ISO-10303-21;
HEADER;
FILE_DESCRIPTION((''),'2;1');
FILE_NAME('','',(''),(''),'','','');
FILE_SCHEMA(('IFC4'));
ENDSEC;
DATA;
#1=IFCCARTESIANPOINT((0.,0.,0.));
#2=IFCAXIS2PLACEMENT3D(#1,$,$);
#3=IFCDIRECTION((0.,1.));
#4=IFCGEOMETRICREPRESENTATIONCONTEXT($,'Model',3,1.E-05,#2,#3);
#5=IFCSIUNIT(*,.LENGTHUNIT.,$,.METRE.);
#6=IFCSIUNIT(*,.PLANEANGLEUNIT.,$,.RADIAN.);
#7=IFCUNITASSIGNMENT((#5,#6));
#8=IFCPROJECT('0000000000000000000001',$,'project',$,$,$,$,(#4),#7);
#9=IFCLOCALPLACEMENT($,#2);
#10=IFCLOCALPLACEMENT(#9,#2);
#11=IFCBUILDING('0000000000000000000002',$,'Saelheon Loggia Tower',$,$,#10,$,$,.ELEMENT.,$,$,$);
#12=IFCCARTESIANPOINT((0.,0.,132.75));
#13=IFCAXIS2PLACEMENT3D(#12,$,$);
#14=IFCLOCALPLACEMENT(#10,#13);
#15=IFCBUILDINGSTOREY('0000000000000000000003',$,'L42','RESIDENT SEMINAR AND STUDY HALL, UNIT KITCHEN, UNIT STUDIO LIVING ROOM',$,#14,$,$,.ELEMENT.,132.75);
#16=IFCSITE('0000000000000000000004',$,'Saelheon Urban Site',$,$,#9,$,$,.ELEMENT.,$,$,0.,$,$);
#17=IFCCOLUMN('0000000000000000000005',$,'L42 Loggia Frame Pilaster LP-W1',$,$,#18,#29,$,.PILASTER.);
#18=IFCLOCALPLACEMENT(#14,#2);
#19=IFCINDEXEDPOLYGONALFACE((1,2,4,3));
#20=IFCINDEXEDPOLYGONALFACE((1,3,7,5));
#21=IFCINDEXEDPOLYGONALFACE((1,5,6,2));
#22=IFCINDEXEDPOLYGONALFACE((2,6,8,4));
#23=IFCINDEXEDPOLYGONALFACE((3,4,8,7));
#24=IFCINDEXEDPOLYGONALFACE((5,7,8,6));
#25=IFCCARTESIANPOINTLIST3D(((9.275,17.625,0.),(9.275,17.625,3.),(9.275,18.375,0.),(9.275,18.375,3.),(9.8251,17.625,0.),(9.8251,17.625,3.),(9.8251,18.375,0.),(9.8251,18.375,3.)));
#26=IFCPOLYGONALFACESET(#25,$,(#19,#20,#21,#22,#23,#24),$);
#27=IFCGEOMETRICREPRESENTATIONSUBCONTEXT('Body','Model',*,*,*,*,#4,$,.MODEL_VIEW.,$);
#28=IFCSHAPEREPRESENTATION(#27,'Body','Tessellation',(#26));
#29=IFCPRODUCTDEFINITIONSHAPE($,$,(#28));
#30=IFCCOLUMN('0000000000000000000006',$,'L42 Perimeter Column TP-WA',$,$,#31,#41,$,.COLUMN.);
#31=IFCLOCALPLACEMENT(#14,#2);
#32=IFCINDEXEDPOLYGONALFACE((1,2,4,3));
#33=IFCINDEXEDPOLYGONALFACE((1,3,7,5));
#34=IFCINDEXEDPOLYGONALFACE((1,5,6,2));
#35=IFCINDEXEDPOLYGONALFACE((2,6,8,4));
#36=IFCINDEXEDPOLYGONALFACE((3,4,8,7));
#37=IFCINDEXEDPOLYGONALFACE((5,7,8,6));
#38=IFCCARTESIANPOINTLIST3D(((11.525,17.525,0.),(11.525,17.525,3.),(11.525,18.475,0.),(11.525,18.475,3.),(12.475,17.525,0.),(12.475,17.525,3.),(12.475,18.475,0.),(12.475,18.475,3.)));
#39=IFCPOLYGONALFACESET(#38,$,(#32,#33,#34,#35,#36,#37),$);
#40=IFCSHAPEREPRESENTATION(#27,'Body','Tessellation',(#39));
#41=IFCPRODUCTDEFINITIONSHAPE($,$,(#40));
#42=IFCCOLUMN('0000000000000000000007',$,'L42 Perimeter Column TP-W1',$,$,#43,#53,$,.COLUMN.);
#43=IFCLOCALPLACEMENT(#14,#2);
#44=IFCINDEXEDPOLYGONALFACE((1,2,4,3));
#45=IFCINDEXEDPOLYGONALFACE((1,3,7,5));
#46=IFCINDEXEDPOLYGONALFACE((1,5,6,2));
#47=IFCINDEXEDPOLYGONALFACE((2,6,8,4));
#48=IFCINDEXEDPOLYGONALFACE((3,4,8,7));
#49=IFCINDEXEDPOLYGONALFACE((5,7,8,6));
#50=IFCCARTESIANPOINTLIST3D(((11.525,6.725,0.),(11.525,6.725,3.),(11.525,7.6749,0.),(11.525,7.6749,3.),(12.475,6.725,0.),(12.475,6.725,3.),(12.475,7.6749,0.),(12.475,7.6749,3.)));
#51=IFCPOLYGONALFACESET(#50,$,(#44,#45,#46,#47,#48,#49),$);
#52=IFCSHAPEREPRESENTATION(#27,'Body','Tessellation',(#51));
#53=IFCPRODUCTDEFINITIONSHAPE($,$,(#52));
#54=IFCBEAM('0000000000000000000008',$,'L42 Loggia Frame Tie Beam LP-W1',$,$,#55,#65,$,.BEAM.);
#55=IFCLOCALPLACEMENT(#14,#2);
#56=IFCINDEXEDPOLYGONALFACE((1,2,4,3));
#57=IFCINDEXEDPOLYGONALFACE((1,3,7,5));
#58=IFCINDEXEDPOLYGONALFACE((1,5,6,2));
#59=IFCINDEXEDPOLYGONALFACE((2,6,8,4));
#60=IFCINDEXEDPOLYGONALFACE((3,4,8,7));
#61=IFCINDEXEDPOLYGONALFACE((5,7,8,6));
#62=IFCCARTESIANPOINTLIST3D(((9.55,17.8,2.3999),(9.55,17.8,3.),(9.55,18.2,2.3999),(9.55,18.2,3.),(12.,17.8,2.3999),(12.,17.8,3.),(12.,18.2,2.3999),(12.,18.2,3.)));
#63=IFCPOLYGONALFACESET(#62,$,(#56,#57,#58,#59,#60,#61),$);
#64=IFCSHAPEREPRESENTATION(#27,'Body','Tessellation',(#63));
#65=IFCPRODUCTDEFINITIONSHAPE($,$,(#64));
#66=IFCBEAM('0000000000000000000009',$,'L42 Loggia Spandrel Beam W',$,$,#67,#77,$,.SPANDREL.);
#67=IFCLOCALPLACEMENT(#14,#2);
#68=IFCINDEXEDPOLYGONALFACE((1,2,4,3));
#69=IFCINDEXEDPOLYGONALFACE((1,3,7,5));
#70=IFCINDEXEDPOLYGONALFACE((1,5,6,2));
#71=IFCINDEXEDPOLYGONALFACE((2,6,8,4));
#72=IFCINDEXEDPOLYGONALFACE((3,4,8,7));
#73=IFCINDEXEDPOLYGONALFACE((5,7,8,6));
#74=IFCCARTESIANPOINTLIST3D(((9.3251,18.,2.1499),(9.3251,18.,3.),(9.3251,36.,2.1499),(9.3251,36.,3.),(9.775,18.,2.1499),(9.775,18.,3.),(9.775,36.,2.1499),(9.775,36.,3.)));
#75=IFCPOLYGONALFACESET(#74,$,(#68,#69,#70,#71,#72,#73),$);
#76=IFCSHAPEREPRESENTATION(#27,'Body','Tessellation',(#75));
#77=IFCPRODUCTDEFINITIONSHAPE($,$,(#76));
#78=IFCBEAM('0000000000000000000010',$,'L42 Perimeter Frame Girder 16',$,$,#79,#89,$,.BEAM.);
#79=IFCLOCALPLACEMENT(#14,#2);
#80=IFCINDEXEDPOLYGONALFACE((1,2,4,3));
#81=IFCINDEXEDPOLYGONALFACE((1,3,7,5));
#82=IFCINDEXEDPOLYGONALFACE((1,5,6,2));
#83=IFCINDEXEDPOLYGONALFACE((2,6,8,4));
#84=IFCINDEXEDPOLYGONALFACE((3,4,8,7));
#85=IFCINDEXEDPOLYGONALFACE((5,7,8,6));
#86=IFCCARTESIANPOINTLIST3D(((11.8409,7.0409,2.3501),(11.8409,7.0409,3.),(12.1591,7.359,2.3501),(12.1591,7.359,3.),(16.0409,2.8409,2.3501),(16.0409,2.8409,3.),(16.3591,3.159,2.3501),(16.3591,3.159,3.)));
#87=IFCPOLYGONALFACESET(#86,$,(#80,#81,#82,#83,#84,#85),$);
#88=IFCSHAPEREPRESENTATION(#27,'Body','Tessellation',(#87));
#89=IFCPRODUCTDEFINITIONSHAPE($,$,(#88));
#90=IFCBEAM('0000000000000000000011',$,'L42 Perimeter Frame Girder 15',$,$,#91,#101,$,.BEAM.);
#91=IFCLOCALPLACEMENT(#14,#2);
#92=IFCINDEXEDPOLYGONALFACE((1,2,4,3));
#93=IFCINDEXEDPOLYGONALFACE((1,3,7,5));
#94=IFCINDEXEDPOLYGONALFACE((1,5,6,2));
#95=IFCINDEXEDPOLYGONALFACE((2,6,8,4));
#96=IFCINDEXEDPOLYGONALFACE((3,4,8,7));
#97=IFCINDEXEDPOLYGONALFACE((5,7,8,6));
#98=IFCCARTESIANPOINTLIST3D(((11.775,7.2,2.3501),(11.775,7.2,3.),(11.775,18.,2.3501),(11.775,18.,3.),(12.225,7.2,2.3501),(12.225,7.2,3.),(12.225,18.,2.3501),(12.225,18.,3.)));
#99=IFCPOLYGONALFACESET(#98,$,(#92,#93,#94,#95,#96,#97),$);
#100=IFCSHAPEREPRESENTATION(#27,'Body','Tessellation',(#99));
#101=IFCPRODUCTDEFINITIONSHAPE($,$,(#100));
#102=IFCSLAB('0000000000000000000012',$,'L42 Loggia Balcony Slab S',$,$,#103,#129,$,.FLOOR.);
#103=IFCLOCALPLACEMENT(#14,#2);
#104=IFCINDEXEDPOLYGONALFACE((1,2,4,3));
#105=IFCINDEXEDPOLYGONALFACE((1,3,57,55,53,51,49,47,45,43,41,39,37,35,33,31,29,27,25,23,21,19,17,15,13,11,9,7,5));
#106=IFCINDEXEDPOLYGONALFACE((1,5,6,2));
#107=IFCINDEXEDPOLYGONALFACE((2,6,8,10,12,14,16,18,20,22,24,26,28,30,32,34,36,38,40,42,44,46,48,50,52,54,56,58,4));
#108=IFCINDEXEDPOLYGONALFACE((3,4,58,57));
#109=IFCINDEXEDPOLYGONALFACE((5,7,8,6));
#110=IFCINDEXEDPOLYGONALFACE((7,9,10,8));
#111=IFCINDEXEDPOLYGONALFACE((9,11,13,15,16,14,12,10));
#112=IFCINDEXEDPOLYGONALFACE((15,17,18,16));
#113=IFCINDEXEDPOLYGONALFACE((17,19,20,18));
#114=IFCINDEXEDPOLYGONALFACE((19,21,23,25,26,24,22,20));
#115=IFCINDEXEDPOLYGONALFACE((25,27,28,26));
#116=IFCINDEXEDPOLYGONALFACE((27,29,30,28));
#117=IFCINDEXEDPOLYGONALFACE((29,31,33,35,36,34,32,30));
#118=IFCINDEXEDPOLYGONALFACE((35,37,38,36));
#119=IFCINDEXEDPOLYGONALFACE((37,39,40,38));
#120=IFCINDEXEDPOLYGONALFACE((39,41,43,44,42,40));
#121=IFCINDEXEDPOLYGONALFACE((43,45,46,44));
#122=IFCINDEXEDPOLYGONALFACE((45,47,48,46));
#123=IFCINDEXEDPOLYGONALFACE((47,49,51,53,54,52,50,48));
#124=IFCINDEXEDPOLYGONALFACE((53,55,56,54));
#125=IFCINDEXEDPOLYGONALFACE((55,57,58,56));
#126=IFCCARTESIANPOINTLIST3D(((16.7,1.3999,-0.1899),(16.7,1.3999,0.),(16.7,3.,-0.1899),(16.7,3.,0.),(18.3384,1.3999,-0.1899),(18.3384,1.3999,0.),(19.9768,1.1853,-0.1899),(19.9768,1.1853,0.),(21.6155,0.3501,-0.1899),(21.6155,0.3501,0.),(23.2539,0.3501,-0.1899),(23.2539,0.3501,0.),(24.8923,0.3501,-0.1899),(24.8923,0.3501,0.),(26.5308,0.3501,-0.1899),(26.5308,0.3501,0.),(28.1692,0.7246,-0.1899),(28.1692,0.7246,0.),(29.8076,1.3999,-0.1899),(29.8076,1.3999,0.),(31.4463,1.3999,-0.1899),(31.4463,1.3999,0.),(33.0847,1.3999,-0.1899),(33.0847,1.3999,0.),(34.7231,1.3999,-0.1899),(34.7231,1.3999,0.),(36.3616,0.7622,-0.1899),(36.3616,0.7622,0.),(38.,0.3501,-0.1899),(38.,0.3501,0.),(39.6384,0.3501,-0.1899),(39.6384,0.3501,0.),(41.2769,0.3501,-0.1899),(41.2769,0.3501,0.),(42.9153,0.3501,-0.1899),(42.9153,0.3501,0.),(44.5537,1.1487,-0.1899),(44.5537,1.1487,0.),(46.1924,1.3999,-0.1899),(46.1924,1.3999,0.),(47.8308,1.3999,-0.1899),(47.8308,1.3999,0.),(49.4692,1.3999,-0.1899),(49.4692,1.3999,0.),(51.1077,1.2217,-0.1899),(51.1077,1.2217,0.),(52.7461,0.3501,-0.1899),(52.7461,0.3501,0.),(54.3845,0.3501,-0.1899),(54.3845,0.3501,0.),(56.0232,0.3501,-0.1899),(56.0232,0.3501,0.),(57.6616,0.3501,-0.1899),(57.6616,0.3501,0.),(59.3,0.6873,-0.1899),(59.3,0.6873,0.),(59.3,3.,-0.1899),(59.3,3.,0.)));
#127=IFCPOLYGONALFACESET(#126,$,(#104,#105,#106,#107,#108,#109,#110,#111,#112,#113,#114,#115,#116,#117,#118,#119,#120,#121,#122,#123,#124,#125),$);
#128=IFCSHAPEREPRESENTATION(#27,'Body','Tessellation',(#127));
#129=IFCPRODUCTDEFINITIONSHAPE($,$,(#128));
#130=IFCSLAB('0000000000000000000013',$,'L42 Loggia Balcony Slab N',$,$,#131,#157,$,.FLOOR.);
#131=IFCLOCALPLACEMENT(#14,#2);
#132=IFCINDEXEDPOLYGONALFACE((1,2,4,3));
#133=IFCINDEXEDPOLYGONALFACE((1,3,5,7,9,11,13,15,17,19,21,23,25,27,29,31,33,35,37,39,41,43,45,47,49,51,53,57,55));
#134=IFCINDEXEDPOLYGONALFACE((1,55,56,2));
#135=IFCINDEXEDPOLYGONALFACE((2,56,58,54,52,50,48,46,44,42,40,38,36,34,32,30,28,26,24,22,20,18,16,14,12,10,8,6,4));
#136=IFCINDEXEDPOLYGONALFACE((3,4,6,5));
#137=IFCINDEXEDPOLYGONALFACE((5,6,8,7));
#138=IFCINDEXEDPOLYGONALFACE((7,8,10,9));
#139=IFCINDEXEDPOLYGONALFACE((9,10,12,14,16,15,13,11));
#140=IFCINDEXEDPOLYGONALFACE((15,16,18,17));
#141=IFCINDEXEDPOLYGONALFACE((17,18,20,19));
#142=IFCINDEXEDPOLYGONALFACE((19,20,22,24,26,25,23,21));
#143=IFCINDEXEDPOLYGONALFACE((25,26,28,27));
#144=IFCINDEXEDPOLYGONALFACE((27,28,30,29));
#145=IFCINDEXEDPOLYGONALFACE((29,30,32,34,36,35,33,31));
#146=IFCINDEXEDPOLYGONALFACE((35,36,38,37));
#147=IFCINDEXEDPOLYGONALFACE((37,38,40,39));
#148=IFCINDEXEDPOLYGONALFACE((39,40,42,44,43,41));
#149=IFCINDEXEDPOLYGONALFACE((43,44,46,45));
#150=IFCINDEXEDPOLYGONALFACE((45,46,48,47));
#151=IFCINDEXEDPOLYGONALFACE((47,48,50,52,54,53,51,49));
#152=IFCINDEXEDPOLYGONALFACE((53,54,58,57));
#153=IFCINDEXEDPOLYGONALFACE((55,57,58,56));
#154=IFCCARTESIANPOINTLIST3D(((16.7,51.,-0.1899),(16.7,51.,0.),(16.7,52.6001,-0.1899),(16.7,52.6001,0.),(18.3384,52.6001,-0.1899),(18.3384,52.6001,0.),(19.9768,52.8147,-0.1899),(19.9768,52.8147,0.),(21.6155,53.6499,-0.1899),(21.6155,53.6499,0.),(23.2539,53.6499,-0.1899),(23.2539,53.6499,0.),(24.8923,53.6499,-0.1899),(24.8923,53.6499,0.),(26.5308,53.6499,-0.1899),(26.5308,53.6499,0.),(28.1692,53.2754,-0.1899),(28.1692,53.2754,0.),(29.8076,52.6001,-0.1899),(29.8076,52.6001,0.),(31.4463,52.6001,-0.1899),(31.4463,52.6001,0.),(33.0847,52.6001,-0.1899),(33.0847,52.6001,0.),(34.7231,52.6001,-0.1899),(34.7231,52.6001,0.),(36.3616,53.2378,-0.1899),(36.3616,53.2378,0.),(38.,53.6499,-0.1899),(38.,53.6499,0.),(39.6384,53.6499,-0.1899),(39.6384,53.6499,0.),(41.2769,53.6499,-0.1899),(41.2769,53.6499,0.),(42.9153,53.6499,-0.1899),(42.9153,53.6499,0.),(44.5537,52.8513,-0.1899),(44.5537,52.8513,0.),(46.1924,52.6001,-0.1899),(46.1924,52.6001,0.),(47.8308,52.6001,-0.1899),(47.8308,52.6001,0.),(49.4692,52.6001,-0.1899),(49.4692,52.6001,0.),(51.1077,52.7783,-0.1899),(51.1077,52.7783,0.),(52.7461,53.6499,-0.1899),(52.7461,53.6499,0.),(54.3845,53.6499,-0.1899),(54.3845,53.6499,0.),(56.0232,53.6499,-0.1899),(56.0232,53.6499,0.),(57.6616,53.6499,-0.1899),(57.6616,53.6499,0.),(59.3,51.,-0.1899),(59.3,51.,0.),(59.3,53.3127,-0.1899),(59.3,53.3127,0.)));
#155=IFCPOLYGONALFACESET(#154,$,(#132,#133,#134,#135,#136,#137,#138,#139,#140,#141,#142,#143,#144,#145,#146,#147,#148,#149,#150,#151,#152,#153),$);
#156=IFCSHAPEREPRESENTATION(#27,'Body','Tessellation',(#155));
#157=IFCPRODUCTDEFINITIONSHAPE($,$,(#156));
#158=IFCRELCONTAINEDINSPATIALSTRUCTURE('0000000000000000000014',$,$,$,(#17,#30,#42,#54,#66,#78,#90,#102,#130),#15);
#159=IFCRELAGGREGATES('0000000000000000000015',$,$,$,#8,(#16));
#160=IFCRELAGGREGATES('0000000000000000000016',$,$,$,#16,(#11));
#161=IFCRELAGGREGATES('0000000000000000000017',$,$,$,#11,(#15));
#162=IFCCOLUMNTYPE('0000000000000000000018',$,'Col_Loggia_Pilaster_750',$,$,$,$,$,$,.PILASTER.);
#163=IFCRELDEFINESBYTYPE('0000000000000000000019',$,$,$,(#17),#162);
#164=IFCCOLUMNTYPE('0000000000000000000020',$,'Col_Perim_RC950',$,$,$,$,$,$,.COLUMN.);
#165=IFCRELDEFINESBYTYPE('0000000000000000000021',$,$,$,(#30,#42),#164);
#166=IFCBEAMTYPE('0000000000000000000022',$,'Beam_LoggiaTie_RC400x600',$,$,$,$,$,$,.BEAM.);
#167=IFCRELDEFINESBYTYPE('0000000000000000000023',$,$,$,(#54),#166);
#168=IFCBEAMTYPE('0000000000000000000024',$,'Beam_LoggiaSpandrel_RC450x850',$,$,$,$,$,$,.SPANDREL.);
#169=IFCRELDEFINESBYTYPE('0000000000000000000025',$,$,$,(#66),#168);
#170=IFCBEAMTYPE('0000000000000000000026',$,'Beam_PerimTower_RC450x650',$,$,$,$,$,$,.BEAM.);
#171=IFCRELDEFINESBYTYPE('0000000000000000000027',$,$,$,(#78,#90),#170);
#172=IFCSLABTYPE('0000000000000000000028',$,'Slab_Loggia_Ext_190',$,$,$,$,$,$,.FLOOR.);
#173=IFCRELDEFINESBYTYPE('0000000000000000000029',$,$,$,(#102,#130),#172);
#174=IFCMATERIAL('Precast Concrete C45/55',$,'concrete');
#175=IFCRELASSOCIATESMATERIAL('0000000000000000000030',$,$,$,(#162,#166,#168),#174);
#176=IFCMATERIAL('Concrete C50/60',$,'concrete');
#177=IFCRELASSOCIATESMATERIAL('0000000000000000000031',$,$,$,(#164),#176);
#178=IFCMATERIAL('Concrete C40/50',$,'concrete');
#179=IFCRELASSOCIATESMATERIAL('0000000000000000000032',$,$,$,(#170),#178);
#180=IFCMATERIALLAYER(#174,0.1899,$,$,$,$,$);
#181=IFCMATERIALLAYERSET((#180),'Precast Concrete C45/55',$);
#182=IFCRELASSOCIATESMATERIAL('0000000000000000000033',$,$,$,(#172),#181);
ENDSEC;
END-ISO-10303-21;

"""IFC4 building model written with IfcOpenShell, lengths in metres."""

from ifc_helpers import new_model, si_unit, direction, frame, origin, origin_2d, place, context, subcontext, project, spatial, polyline, rectangle, outline, extrude, source, transform, mapped, material, layer, layer_set, material_profile, profile_set, type_object, element, save


model = new_model("IFC4")

# Units and contexts
model_context = context("Model", 3, precision=1e-05, world=origin(), true_north=direction((0.0, 1.0)))
body_context = subcontext(model_context, "Body", "Model", "MODEL_VIEW")
ifc_project = project(units=[si_unit("LENGTHUNIT", "METRE"), si_unit("PLANEANGLEUNIT", "RADIAN")], contexts=[model_context])

# Site, building, storey
site_placement = place(None, origin())
site = spatial("IfcSite", under=ifc_project, at=site_placement, Name="Saelheon Urban Site", CompositionType="ELEMENT", RefElevation=0.0)
building_placement = place(site_placement, origin())
building = spatial("IfcBuilding", under=site, at=building_placement, Name="Saelheon Loggia Tower", CompositionType="ELEMENT")
storey_placement = place(building_placement, frame((0.0, 0.0, 132.75)))
storey = spatial("IfcBuildingStorey", under=building, at=storey_placement, Name="L42", Description="RESIDENT SEMINAR AND STUDY HALL, UNIT KITCHEN, UNIT STUDIO LIVING ROOM", CompositionType="ELEMENT", Elevation=132.75)

# Columns
ifc_material_1 = material(Name="Precast Concrete C45/55", Category="concrete")
ifc_material_profile_1 = material_profile(ifc_material_1, rectangle(XDim=0.55, YDim=0.75, at=origin_2d()), Name="RC-550x750")
ifc_profile_set_1 = profile_set([ifc_material_profile_1], Name="Precast Concrete C45/55")
column_type_1 = type_object("IfcColumnType", Name="Col_Loggia_Pilaster_750", PredefinedType="PILASTER", material=ifc_profile_set_1)
shared_shape_1 = source(origin(), body_context, "Body", "SweptSolid", [
    extrude(rectangle(XDim=0.55, YDim=0.75, at=origin_2d()), origin(), (0.0, 0.0, 1.0), 3.0),
])
column_placement = place(storey_placement, frame((9.55, 18.0, 0.0), z_axis=(0.0, 0.0, 1.0), x_axis=(1.0, 0.0, 0.0)))
element("IfcColumn", 1, at=column_placement, inside=storey, type_object=column_type_1, Name="L42 Loggia Frame Pilaster LP-W1", PredefinedType="PILASTER", context=body_context, shape_type="MappedRepresentation", body=[
    mapped(shared_shape_1, transform((0.0, 0.0, 0.0), scale=1.0)),
])
ifc_material_2 = material(Name="Concrete C50/60", Category="concrete")
ifc_material_profile_2 = material_profile(ifc_material_2, rectangle(XDim=0.95, YDim=0.95, at=origin_2d()), Name="RC-950x950")
ifc_profile_set_2 = profile_set([ifc_material_profile_2], Name="Concrete C50/60")
column_type_2 = type_object("IfcColumnType", Name="Col_Perim_RC950", PredefinedType="COLUMN", material=ifc_profile_set_2)
shared_shape_2 = source(origin(), body_context, "Body", "SweptSolid", [
    extrude(rectangle(XDim=0.95, YDim=0.95, at=origin_2d()), origin(), (0.0, 0.0, 1.0), 3.0),
])
for number, where, z_axis, x_axis, name in (
    (2, (12.0, 18.0, 0.0), (0.0, 0.0, 1.0), (1.0, 0.0, 0.0), "L42 Perimeter Column TP-WA"),
    (3, (12.0, 7.2, 0.0), (0.0, 0.0, 1.0), (1.0, 0.0, 0.0), "L42 Perimeter Column TP-W1"),
):
    element("IfcColumn", number, at=place(storey_placement, frame(where, z_axis=z_axis, x_axis=x_axis)), inside=storey, type_object=column_type_2, Name=name, PredefinedType="COLUMN", context=body_context, shape_type="MappedRepresentation", body=[
        mapped(shared_shape_2, transform((0.0, 0.0, 0.0), scale=1.0)),
    ])

# Beams
ifc_material_profile_3 = material_profile(ifc_material_1, rectangle(XDim=0.3999, YDim=0.6001, at=origin_2d()), Name="RC-400x600")
ifc_profile_set_3 = profile_set([ifc_material_profile_3], Name="Precast Concrete C45/55")
beam_type_1 = type_object("IfcBeamType", Name="Beam_LoggiaTie_RC400x600", PredefinedType="BEAM", material=ifc_profile_set_3)
shared_shape_3 = source(origin(), body_context, "Body", "SweptSolid", [
    extrude(rectangle(XDim=0.3999, YDim=0.6001, at=origin_2d()), origin(), (0.0, 0.0, 1.0), 2.45),
])
beam_1_placement = place(storey_placement, frame((12.0, 18.0, 2.7), z_axis=(-1.0, 0.0, 0.0), x_axis=(0.0, -1.0, 0.0)))
element("IfcBeam", 4, at=beam_1_placement, inside=storey, type_object=beam_type_1, Name="L42 Loggia Frame Tie Beam LP-W1", PredefinedType="BEAM", context=body_context, shape_type="MappedRepresentation", body=[
    mapped(shared_shape_3, transform((0.0, 0.0, 0.0), scale=1.0)),
])
ifc_material_profile_4 = material_profile(ifc_material_1, rectangle(XDim=0.45, YDim=0.8501, at=origin_2d()), Name="RC-450x850")
ifc_profile_set_4 = profile_set([ifc_material_profile_4], Name="Precast Concrete C45/55")
beam_type_2 = type_object("IfcBeamType", Name="Beam_LoggiaSpandrel_RC450x850", PredefinedType="SPANDREL", material=ifc_profile_set_4)
shared_shape_4 = source(origin(), body_context, "Body", "SweptSolid", [
    extrude(rectangle(XDim=0.45, YDim=0.8501, at=origin_2d()), origin(), (0.0, 0.0, 1.0), 18.0),
])
beam_2_placement = place(storey_placement, frame((9.55, 18.0, 2.575), z_axis=(0.0, 1.0, 0.0), x_axis=(-1.0, 0.0, 0.0)))
element("IfcBeam", 5, at=beam_2_placement, inside=storey, type_object=beam_type_2, Name="L42 Loggia Spandrel Beam W", PredefinedType="SPANDREL", context=body_context, shape_type="MappedRepresentation", body=[
    mapped(shared_shape_4, transform((0.0, 0.0, 0.0), scale=1.0)),
])
ifc_material_3 = material(Name="Concrete C40/50", Category="concrete")
ifc_material_profile_5 = material_profile(ifc_material_3, rectangle(XDim=0.45, YDim=0.6499, at=origin_2d()), Name="RC-450x650")
ifc_profile_set_5 = profile_set([ifc_material_profile_5], Name="Concrete C40/50")
beam_type_3 = type_object("IfcBeamType", Name="Beam_PerimTower_RC450x650", PredefinedType="BEAM", material=ifc_profile_set_5)
shared_shape_5 = source(origin(), body_context, "Body", "SweptSolid", [
    extrude(rectangle(XDim=0.45, YDim=0.6499, at=origin_2d()), origin(), (0.0, 0.0, 1.0), 5.9397),
])
beam_3_placement = place(storey_placement, frame((12.0, 7.2, 2.675), z_axis=(0.707107, -0.707107, 0.0), x_axis=(0.707107, 0.707107, 0.0)))
element("IfcBeam", 6, at=beam_3_placement, inside=storey, type_object=beam_type_3, Name="L42 Perimeter Frame Girder 16", PredefinedType="BEAM", context=body_context, shape_type="MappedRepresentation", body=[
    mapped(shared_shape_5, transform((0.0, 0.0, 0.0), scale=1.0)),
])
shared_shape_6 = source(origin(), body_context, "Body", "SweptSolid", [
    extrude(rectangle(XDim=0.45, YDim=0.6499, at=origin_2d()), origin(), (0.0, 0.0, 1.0), 10.8),
])
beam_4_placement = place(storey_placement, frame((12.0, 18.0, 2.675), z_axis=(0.0, -1.0, 0.0), x_axis=(1.0, 0.0, 0.0)))
element("IfcBeam", 7, at=beam_4_placement, inside=storey, type_object=beam_type_3, Name="L42 Perimeter Frame Girder 15", PredefinedType="BEAM", context=body_context, shape_type="MappedRepresentation", body=[
    mapped(shared_shape_6, transform((0.0, 0.0, 0.0), scale=1.0)),
])

# Slabs
ifc_layer_1 = layer(ifc_material_1, 0.1899)
ifc_layer_set_1 = layer_set([ifc_layer_1], Name="Precast Concrete C45/55")
slab_type_1 = type_object("IfcSlabType", Name="Slab_Loggia_Ext_190", PredefinedType="FLOOR", material=ifc_layer_set_1)
slab_1_placement = place(storey_placement, frame((0.0, 0.0, -0.1899)))
element("IfcSlab", 8, at=slab_1_placement, inside=storey, type_object=slab_type_1, Name="L42 Loggia Balcony Slab S", PredefinedType="FLOOR", context=body_context, shape_type="SweptSolid", body=[
    extrude(outline(polyline([(16.7, 1.3999), (18.3384, 1.3999), (19.9768, 1.1853), (21.6155, 0.3501), (23.2539, 0.3501), (24.8923, 0.3501), (26.5308, 0.3501), (28.1692, 0.7246), (29.8076, 1.3999), (31.4463, 1.3999), (33.0847, 1.3999), (34.7231, 1.3999), (36.3616, 0.7622), (38.0, 0.3501), (39.6384, 0.3501), (41.2769, 0.3501), (42.9153, 0.3501), (44.5537, 1.1487), (46.1924, 1.3999), (47.8308, 1.3999), (49.4692, 1.3999), (51.1077, 1.2217), (52.7461, 0.3501), (54.3845, 0.3501), (56.0232, 0.3501), (57.6616, 0.3501), (59.3, 0.6873), (59.3, 3.0), (16.7, 3.0), (16.7, 1.3999)])), origin(), (0.0, 0.0, 1.0), 0.1899),
])
slab_2_placement = place(storey_placement, frame((0.0, 0.0, -0.1899)))
element("IfcSlab", 9, at=slab_2_placement, inside=storey, type_object=slab_type_1, Name="L42 Loggia Balcony Slab N", PredefinedType="FLOOR", context=body_context, shape_type="SweptSolid", body=[
    extrude(outline(polyline([(16.7, 51.0), (59.3, 51.0), (59.3, 53.3127), (57.6616, 53.6499), (56.0232, 53.6499), (54.3845, 53.6499), (52.7461, 53.6499), (51.1077, 52.7783), (49.4692, 52.6001), (47.8308, 52.6001), (46.1924, 52.6001), (44.5537, 52.8513), (42.9153, 53.6499), (41.2769, 53.6499), (39.6384, 53.6499), (38.0, 53.6499), (36.3616, 53.2378), (34.7231, 52.6001), (33.0847, 52.6001), (31.4463, 52.6001), (29.8076, 52.6001), (28.1692, 53.2754), (26.5308, 53.6499), (24.8923, 53.6499), (23.2539, 53.6499), (21.6155, 53.6499), (19.9768, 52.8147), (18.3384, 52.6001), (16.7, 52.6001), (16.7, 51.0)])), origin(), (0.0, 0.0, 1.0), 0.1899),
])

save(model, "model.ifc")
